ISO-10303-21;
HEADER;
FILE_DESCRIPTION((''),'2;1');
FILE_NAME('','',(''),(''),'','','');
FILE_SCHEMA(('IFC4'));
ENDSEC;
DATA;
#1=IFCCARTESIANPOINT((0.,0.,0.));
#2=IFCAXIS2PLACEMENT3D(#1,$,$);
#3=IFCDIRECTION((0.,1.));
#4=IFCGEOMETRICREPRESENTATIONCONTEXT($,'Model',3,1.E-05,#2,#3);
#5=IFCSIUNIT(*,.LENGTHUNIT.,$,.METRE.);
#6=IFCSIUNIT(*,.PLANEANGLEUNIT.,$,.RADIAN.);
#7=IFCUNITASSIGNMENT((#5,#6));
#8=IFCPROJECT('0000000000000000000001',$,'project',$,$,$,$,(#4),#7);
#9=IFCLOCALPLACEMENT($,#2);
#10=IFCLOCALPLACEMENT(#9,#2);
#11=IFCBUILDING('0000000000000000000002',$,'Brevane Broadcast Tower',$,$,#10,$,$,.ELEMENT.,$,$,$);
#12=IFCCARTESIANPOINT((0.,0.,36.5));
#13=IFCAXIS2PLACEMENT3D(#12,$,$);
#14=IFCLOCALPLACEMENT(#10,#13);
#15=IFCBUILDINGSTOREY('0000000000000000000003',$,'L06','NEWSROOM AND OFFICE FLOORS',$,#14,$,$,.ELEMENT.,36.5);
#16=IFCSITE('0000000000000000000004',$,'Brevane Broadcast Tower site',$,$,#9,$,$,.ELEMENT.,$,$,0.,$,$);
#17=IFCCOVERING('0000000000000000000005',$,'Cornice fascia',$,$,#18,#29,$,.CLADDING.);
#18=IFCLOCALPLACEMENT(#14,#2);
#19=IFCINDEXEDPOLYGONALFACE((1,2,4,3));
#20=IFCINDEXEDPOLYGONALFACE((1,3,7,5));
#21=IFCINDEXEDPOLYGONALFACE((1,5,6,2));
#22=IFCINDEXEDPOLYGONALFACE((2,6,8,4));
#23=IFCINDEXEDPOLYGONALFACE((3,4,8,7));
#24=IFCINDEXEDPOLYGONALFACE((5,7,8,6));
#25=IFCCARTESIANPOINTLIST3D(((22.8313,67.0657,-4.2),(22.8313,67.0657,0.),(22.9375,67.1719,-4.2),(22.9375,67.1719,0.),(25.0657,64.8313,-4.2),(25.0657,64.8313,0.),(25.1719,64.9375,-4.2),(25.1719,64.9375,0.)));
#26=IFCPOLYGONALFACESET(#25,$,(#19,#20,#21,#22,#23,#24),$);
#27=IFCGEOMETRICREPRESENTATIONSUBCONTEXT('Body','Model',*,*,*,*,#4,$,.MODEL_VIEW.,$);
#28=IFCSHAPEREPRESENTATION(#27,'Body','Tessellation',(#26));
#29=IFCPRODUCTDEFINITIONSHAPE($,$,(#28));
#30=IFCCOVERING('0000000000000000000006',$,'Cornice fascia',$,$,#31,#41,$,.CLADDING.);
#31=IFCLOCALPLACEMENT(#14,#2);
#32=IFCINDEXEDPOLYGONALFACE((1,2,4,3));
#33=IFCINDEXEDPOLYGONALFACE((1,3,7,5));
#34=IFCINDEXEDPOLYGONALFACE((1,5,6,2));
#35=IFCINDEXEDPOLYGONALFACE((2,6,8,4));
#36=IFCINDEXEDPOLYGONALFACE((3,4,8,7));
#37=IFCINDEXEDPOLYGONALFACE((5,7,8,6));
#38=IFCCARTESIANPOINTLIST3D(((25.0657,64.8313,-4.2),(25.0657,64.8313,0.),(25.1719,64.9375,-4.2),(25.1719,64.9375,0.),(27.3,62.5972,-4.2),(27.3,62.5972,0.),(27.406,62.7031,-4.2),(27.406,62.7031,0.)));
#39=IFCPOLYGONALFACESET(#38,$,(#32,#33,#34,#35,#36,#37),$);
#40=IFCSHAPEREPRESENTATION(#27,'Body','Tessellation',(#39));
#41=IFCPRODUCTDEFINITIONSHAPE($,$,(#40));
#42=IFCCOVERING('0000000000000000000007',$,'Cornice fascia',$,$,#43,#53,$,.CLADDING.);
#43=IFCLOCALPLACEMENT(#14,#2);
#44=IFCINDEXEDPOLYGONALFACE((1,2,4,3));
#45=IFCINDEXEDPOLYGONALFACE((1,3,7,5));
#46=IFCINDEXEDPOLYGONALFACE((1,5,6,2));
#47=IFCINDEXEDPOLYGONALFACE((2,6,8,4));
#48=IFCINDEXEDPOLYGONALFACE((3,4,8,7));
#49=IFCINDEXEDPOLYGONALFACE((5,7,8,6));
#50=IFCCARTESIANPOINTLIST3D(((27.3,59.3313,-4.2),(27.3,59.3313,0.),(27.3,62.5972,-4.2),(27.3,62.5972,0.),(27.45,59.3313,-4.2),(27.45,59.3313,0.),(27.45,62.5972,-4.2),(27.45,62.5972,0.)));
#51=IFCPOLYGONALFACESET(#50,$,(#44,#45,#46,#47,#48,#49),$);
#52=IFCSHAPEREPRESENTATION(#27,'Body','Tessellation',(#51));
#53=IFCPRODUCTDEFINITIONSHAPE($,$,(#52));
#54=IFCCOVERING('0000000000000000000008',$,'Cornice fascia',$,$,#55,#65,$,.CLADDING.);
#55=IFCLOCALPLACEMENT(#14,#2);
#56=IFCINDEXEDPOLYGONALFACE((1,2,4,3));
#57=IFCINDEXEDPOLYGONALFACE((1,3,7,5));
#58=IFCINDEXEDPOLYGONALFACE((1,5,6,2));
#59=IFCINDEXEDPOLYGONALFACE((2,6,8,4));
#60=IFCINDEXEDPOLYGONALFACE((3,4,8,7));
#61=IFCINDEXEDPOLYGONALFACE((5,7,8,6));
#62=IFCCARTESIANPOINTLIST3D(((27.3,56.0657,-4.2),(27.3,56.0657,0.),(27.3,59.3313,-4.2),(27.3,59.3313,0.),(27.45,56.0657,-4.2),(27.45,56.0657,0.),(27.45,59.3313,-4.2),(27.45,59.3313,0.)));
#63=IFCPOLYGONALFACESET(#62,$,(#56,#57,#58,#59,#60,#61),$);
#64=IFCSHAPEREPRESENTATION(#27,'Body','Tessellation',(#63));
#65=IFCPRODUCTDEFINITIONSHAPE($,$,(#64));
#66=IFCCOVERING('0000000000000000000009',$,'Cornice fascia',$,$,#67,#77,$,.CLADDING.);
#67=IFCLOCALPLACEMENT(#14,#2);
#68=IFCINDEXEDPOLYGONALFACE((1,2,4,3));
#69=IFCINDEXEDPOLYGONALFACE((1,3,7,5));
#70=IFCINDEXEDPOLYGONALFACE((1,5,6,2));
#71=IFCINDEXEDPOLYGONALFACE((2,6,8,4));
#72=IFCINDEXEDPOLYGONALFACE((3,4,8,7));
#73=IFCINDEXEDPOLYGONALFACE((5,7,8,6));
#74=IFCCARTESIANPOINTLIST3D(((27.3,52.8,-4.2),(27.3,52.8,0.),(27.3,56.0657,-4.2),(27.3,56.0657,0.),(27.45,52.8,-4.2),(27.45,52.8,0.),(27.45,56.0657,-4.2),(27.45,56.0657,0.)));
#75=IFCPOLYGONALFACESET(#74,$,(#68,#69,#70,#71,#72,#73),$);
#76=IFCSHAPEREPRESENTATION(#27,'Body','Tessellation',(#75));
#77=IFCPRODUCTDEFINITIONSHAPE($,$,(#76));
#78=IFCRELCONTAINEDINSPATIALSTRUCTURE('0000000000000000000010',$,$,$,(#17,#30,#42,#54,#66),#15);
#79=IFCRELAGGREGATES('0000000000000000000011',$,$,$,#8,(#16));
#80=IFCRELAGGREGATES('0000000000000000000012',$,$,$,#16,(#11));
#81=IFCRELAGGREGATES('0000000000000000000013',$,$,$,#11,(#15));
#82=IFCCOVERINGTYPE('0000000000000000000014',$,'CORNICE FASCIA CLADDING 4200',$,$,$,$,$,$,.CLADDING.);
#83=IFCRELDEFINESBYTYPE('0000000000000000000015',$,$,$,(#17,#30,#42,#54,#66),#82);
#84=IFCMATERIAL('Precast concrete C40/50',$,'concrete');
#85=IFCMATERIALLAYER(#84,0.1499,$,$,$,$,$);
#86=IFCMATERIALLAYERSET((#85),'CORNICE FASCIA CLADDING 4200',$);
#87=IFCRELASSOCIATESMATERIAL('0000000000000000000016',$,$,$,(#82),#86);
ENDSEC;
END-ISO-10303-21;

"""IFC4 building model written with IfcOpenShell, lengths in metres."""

from ifc_helpers import new_model, si_unit, direction, frame, origin, place, context, subcontext, project, spatial, polyline, outline, extrude, material, layer, layer_set, type_object, element, save


model = new_model("IFC4")

# Units and contexts
model_context = context("Model", 3, precision=1e-05, world=origin(), true_north=direction((0.0, 1.0)))
body_context = subcontext(model_context, "Body", "Model", "MODEL_VIEW")
ifc_project = project(units=[si_unit("LENGTHUNIT", "METRE"), si_unit("PLANEANGLEUNIT", "RADIAN")], contexts=[model_context])

# Site, building, storey
site_placement = place(None, origin())
site = spatial("IfcSite", under=ifc_project, at=site_placement, Name="Brevane Broadcast Tower site", CompositionType="ELEMENT", RefElevation=0.0)
building_placement = place(site_placement, origin())
building = spatial("IfcBuilding", under=site, at=building_placement, Name="Brevane Broadcast Tower", CompositionType="ELEMENT")
storey_placement = place(building_placement, frame((0.0, 0.0, 36.5)))
storey = spatial("IfcBuildingStorey", under=building, at=storey_placement, Name="L06", Description="NEWSROOM AND OFFICE FLOORS", CompositionType="ELEMENT", Elevation=36.5)

# Coverings
ifc_material = material(Name="Precast concrete C40/50", Category="concrete")
ifc_layer = layer(ifc_material, 0.1499)
ifc_layer_set = layer_set([ifc_layer], Name="CORNICE FASCIA CLADDING 4200")
covering_type = type_object("IfcCoveringType", Name="CORNICE FASCIA CLADDING 4200", PredefinedType="CLADDING", material=ifc_layer_set)
covering_1_placement = place(storey_placement, frame((0.0, 0.0, -4.2)))
element("IfcCovering", 1, at=covering_1_placement, inside=storey, type_object=covering_type, Name="Cornice fascia", PredefinedType="CLADDING", context=body_context, shape_type="SweptSolid", body=[
    extrude(outline(polyline([(22.8313, 67.0657), (25.0657, 64.8313), (25.1719, 64.9375), (22.9375, 67.1719), (22.8313, 67.0657)])), origin(), (0.0, 0.0, 1.0), 4.2),
])
covering_2_placement = place(storey_placement, frame((0.0, 0.0, -4.2)))
element("IfcCovering", 2, at=covering_2_placement, inside=storey, type_object=covering_type, Name="Cornice fascia", PredefinedType="CLADDING", context=body_context, shape_type="SweptSolid", body=[
    extrude(outline(polyline([(25.0657, 64.8313), (27.3, 62.5972), (27.406, 62.7031), (25.1719, 64.9375), (25.0657, 64.8313)])), origin(), (0.0, 0.0, 1.0), 4.2),
])
covering_3_placement = place(storey_placement, frame((0.0, 0.0, -4.2)))
element("IfcCovering", 3, at=covering_3_placement, inside=storey, type_object=covering_type, Name="Cornice fascia", PredefinedType="CLADDING", context=body_context, shape_type="SweptSolid", body=[
    extrude(outline(polyline([(27.3, 62.5972), (27.3, 59.3313), (27.45, 59.3313), (27.45, 62.5972), (27.3, 62.5972)])), origin(), (0.0, 0.0, 1.0), 4.2),
])
covering_4_placement = place(storey_placement, frame((0.0, 0.0, -4.2)))
element("IfcCovering", 4, at=covering_4_placement, inside=storey, type_object=covering_type, Name="Cornice fascia", PredefinedType="CLADDING", context=body_context, shape_type="SweptSolid", body=[
    extrude(outline(polyline([(27.3, 59.3313), (27.3, 56.0657), (27.45, 56.0657), (27.45, 59.3313), (27.3, 59.3313)])), origin(), (0.0, 0.0, 1.0), 4.2),
])
covering_5_placement = place(storey_placement, frame((0.0, 0.0, -4.2)))
element("IfcCovering", 5, at=covering_5_placement, inside=storey, type_object=covering_type, Name="Cornice fascia", PredefinedType="CLADDING", context=body_context, shape_type="SweptSolid", body=[
    extrude(outline(polyline([(27.3, 56.0657), (27.3, 52.8), (27.45, 52.8), (27.45, 56.0657), (27.3, 56.0657)])), origin(), (0.0, 0.0, 1.0), 4.2),
])

save(model, "model.ifc")
